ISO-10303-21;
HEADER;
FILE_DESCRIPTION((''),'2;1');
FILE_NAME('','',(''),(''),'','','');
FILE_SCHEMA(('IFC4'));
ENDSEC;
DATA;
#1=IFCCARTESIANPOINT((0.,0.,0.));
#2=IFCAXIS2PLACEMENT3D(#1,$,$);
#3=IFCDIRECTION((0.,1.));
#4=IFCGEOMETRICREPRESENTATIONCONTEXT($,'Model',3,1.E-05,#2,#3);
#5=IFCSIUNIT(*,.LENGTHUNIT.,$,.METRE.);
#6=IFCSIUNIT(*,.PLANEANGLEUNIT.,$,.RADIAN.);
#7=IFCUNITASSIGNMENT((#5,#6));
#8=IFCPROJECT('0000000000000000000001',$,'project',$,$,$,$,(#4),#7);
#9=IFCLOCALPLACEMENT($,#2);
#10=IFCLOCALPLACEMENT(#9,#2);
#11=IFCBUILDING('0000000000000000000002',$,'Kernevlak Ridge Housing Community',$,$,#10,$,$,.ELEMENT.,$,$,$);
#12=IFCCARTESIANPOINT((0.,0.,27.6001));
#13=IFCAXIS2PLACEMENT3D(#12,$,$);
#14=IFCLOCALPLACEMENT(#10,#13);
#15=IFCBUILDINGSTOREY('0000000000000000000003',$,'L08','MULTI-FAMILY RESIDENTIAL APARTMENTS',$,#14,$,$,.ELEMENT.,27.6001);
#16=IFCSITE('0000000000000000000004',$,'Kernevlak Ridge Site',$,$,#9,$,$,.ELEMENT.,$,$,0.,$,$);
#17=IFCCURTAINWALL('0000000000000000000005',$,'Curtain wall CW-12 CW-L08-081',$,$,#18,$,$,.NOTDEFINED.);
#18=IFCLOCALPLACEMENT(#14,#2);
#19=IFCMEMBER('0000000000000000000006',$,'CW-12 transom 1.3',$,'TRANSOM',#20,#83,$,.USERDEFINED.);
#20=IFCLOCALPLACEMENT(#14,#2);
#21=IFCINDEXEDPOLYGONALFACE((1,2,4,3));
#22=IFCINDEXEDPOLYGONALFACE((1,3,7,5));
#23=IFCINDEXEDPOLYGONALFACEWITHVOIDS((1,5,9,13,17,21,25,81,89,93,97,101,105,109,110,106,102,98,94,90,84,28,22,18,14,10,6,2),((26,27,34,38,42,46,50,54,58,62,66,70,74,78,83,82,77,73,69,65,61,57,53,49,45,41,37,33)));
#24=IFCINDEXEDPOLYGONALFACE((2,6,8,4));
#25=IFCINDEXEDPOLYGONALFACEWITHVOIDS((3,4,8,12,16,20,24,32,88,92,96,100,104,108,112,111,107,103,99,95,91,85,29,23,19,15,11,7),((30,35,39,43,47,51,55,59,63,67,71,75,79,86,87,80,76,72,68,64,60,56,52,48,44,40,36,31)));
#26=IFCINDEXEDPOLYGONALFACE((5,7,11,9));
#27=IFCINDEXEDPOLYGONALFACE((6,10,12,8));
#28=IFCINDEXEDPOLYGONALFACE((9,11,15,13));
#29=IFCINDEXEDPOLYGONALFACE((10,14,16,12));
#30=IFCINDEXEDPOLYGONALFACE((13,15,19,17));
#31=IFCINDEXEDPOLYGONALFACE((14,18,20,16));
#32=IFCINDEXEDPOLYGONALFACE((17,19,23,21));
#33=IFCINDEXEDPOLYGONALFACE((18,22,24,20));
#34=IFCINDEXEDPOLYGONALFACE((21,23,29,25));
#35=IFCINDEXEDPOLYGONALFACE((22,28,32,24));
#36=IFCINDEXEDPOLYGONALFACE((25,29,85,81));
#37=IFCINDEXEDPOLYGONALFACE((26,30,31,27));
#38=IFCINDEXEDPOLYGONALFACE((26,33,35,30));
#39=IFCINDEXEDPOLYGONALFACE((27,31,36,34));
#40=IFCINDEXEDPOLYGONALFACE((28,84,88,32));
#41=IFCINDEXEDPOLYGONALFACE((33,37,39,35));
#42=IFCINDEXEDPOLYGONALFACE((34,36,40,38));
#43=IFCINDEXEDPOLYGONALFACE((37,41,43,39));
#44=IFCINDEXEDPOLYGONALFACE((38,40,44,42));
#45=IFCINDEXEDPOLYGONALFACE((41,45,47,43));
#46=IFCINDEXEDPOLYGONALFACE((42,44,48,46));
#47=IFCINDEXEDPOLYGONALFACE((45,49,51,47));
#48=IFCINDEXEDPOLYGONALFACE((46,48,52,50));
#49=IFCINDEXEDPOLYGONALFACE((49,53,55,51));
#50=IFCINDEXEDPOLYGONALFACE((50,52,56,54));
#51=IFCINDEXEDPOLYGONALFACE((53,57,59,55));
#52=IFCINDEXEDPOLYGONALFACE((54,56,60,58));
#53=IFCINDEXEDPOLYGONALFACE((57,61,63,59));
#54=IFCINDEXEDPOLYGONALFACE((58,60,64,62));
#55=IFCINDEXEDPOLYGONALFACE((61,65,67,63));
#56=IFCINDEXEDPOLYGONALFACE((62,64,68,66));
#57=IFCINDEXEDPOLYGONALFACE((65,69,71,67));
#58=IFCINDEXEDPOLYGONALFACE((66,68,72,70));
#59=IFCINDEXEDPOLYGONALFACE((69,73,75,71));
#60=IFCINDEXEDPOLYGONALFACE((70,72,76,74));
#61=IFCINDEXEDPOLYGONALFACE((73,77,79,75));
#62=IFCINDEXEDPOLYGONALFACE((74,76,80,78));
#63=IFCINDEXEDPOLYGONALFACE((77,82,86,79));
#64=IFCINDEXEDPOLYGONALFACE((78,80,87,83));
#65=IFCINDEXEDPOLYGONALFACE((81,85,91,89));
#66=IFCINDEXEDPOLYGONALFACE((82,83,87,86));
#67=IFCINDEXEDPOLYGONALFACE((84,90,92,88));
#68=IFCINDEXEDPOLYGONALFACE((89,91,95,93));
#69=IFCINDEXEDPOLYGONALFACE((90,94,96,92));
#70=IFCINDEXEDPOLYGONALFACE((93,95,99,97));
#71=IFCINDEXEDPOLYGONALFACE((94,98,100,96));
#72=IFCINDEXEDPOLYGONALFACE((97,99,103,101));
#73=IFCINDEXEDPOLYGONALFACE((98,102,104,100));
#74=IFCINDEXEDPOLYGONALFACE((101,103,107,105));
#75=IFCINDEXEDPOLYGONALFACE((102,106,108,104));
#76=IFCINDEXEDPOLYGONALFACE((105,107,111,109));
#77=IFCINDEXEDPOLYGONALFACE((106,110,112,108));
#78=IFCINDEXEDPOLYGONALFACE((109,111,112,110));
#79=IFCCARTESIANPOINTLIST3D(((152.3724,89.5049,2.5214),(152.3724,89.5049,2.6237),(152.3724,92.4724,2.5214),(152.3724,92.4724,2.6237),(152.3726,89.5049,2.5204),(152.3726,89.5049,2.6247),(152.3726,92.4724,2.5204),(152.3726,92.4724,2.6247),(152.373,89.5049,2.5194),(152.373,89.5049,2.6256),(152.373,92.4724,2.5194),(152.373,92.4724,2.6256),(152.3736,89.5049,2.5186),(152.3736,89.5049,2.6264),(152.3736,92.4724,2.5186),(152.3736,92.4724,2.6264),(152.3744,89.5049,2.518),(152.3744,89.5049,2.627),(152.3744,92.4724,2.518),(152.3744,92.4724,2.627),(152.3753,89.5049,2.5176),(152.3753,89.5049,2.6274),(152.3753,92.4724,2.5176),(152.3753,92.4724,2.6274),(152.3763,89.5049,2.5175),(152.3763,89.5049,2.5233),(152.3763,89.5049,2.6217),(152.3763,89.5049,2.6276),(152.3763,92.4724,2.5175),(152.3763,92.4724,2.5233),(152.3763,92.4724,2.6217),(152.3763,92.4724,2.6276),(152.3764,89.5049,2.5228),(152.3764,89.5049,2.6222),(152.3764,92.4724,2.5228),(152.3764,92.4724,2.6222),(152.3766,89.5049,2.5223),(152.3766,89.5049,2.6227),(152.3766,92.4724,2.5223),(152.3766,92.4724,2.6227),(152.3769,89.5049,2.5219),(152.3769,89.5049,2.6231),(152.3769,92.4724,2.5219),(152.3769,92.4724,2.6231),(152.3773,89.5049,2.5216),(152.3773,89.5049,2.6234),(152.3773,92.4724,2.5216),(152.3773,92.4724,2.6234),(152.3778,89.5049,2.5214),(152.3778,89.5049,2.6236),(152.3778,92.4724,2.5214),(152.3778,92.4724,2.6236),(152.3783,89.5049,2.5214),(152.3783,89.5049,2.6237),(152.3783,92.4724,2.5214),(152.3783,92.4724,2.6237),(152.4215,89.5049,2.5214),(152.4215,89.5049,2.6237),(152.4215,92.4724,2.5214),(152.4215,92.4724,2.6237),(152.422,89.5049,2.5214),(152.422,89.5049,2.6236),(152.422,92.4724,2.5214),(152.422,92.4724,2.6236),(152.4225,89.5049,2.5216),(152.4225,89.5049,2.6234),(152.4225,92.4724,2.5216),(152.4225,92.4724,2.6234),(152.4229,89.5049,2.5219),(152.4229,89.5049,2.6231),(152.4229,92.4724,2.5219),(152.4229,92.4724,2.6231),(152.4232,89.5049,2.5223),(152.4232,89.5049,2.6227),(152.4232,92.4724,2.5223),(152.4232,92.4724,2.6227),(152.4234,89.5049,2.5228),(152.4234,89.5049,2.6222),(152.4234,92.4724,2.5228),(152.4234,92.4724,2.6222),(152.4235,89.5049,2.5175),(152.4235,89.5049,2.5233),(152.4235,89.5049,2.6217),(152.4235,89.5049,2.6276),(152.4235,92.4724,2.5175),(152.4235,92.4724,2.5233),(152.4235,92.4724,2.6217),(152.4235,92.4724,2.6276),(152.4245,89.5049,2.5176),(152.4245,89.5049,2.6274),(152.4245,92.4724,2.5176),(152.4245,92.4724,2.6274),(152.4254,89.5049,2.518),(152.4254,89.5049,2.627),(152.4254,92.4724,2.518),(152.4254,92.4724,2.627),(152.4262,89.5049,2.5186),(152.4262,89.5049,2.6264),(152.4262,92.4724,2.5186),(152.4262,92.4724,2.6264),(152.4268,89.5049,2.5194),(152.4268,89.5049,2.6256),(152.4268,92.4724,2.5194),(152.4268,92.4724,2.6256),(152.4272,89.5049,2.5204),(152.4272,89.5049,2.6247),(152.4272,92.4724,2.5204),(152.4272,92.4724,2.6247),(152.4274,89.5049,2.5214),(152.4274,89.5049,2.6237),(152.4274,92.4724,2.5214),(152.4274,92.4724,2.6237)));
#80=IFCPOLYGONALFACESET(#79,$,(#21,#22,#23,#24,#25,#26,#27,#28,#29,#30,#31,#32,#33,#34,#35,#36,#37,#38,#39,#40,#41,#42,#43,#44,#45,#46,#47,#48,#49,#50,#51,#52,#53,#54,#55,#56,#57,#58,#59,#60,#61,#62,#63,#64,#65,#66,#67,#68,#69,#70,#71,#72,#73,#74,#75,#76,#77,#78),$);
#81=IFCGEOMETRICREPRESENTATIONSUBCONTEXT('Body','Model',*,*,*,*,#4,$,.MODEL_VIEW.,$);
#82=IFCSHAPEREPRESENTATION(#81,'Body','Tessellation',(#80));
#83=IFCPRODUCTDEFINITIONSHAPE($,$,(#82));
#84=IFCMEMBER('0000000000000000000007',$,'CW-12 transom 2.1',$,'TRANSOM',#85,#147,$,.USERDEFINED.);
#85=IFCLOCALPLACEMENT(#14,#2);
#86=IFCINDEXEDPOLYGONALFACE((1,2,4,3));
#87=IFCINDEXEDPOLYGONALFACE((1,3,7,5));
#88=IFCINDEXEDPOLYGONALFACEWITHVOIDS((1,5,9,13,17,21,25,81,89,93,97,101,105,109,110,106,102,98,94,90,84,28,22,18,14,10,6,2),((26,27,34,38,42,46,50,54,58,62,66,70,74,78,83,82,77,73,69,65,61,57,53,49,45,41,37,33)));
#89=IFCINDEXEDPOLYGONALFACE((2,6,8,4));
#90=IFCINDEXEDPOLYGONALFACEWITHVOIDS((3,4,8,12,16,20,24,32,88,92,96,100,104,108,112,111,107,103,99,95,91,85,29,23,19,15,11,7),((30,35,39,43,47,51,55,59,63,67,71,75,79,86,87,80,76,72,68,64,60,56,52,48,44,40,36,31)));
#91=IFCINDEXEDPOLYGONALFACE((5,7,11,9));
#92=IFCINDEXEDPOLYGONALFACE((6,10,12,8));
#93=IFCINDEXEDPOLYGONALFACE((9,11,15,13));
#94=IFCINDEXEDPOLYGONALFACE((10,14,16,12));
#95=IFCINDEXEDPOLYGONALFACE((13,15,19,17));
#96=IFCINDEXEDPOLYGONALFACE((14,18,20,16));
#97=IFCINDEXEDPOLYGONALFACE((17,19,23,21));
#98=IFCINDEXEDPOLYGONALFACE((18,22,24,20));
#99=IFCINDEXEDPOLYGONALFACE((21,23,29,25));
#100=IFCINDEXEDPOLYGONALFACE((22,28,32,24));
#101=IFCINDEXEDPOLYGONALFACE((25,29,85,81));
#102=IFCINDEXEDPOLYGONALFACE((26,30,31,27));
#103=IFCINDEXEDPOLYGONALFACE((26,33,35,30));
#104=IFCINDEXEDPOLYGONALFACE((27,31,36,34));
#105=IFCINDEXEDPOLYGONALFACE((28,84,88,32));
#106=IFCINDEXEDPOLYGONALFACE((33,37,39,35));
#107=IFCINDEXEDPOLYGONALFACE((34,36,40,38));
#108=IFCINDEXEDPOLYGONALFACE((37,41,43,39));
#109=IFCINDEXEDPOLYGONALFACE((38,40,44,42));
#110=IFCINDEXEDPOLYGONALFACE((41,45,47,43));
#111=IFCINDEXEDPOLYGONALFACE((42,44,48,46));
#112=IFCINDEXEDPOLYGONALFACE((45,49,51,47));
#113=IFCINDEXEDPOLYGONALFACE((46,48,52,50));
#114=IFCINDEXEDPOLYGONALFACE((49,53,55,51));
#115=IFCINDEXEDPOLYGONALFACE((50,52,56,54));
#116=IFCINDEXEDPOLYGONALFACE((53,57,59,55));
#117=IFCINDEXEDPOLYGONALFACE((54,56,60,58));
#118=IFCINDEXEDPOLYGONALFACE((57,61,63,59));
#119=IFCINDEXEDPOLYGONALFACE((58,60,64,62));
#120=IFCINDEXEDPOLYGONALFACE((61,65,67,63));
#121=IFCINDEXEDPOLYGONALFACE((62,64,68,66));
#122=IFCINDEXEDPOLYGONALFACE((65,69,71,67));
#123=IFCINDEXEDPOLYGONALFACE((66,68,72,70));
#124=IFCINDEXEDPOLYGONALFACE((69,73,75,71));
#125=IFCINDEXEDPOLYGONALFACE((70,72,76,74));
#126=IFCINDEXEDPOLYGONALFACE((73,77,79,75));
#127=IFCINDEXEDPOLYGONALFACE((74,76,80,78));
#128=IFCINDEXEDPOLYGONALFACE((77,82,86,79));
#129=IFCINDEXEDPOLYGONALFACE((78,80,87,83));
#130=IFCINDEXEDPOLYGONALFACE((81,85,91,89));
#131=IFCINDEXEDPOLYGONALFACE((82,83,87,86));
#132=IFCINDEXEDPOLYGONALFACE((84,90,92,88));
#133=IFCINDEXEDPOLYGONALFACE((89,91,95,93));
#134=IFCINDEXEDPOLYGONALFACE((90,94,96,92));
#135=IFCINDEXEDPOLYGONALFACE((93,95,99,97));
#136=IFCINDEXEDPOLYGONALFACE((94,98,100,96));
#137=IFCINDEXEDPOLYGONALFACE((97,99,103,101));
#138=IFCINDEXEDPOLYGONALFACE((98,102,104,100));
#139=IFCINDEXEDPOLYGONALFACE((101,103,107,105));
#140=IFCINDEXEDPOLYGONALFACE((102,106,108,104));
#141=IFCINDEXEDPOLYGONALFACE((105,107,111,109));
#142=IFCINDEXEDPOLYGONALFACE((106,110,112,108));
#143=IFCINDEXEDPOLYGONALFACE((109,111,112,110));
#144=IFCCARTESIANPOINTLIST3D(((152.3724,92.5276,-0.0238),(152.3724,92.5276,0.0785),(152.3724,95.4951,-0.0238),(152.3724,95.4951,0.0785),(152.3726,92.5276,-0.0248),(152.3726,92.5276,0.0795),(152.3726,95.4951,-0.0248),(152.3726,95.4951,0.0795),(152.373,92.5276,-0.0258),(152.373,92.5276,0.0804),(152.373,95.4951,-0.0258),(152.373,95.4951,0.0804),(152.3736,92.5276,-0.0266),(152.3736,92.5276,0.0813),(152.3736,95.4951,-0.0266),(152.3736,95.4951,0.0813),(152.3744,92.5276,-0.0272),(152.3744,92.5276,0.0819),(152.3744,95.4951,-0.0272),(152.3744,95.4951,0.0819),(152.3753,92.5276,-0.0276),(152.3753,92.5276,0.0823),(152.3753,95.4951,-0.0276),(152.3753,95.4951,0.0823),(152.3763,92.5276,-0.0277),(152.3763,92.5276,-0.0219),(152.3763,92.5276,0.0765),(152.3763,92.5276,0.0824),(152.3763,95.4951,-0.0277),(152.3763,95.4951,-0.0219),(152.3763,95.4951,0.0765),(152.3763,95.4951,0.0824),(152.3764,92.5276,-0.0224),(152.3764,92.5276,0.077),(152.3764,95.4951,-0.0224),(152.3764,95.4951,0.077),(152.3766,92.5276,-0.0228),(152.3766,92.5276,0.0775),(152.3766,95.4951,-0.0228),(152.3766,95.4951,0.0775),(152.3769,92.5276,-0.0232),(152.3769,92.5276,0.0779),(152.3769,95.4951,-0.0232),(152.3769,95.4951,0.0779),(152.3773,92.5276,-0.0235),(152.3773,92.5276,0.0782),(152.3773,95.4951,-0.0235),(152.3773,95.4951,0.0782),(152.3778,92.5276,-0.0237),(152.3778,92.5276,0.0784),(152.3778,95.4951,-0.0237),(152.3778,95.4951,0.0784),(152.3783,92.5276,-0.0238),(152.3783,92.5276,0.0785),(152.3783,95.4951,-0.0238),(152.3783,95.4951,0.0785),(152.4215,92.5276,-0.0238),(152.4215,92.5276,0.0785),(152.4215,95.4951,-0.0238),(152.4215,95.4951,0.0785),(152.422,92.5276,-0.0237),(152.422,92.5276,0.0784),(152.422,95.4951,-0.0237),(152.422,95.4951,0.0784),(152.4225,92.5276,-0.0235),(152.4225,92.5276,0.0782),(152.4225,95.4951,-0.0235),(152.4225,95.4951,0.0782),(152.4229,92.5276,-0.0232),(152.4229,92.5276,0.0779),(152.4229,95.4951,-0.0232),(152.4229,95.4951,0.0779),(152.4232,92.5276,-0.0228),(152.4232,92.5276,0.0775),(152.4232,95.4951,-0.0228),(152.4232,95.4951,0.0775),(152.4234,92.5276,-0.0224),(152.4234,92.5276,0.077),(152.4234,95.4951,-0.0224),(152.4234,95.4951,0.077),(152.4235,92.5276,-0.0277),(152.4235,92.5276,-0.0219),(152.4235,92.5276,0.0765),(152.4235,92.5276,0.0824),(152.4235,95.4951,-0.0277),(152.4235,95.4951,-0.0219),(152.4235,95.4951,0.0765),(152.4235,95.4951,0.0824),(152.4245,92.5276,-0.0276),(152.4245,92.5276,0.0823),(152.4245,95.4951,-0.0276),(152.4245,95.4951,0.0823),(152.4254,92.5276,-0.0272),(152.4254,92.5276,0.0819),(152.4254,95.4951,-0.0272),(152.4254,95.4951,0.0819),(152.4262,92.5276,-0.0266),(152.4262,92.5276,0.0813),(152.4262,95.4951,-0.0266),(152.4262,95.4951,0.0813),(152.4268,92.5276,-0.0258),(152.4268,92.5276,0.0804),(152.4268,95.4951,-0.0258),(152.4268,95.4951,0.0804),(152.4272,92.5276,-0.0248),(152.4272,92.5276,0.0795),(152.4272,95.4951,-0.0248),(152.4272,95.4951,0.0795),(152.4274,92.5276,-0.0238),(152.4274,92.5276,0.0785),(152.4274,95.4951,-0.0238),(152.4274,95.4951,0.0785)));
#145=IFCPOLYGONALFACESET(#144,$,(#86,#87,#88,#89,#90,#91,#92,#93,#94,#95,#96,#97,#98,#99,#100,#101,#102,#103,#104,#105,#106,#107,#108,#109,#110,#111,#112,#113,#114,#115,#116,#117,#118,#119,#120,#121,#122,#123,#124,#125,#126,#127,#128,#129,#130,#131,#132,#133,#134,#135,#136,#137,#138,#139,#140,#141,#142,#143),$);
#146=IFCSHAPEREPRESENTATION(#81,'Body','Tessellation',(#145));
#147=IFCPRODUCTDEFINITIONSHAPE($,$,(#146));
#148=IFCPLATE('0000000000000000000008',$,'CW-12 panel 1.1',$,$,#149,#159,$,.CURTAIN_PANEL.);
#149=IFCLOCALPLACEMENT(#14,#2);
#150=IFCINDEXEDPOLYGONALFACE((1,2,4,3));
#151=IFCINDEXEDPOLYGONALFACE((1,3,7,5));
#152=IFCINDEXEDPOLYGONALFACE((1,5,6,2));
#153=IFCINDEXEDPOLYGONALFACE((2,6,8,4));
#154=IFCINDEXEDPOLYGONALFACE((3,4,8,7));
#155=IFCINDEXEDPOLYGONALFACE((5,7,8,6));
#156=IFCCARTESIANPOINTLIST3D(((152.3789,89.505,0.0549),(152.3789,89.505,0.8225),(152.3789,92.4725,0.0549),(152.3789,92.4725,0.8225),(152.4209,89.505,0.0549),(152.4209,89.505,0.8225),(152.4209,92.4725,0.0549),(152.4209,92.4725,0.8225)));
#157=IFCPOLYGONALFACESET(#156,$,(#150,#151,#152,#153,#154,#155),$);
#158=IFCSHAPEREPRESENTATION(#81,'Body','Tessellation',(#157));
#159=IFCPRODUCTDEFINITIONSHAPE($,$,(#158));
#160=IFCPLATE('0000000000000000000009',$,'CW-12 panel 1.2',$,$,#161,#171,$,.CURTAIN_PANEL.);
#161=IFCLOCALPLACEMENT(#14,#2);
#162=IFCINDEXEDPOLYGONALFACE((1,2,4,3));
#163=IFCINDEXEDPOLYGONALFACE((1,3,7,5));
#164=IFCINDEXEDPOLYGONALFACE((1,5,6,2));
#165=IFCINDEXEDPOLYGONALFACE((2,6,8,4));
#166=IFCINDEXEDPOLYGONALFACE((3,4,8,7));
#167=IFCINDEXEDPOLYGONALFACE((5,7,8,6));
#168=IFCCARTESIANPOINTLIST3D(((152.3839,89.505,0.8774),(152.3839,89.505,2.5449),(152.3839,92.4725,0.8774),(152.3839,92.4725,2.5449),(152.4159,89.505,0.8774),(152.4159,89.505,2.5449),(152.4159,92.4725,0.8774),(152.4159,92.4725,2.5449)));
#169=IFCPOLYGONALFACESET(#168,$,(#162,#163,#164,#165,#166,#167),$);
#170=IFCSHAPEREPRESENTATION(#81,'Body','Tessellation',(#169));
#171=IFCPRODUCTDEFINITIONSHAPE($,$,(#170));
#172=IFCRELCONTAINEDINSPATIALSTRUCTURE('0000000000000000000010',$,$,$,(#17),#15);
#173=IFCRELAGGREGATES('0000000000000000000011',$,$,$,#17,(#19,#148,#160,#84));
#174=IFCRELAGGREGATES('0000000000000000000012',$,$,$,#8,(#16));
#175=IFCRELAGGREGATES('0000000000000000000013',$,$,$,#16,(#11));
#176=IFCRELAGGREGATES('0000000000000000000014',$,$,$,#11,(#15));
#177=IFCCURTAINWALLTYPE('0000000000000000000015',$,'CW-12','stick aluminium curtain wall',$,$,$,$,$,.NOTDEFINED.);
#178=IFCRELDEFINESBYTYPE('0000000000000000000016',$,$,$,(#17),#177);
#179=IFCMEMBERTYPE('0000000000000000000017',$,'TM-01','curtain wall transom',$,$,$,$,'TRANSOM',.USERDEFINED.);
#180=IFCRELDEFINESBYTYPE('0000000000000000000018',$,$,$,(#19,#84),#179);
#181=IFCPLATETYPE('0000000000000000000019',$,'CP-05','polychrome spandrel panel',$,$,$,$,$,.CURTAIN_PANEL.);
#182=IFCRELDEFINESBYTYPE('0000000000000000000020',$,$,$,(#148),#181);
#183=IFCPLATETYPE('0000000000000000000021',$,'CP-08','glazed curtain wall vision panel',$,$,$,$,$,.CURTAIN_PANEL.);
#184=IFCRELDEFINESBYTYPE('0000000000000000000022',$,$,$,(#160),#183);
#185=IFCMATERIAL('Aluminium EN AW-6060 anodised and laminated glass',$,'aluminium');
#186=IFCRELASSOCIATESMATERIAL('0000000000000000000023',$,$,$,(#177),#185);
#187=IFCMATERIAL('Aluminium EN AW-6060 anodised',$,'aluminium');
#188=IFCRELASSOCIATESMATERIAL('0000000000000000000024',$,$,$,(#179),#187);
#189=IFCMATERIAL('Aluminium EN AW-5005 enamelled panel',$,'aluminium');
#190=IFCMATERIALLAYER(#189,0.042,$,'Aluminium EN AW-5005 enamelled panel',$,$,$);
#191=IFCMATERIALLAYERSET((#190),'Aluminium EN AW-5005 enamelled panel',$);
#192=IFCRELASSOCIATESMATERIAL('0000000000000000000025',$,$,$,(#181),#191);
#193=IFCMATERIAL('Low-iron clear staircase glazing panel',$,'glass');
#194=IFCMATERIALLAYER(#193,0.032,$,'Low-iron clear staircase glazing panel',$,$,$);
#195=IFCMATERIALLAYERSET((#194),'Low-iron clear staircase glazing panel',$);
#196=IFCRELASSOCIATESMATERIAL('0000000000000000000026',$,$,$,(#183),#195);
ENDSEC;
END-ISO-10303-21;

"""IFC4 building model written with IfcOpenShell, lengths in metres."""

from ifc_helpers import new_model, si_unit, direction, frame, origin, origin_2d, place, context, subcontext, project, spatial, rectangle, hollow_rectangle, extrude, material, layer, layer_set, material_profile, profile_set, type_object, element, aggregate, save


model = new_model("IFC4")

# Units and contexts
model_context = context("Model", 3, precision=1e-05, world=origin(), true_north=direction((0.0, 1.0)))
body_context = subcontext(model_context, "Body", "Model", "MODEL_VIEW")
ifc_project = project(units=[si_unit("LENGTHUNIT", "METRE"), si_unit("PLANEANGLEUNIT", "RADIAN")], contexts=[model_context])

# Site, building, storey
site_placement = place(None, origin())
site = spatial("IfcSite", under=ifc_project, at=site_placement, Name="Kernevlak Ridge Site", CompositionType="ELEMENT", RefElevation=0.0)
building_placement = place(site_placement, origin())
building = spatial("IfcBuilding", under=site, at=building_placement, Name="Kernevlak Ridge Housing Community", CompositionType="ELEMENT")
storey_placement = place(building_placement, frame((0.0, 0.0, 27.6001)))
storey = spatial("IfcBuildingStorey", under=building, at=storey_placement, Name="L08", Description="MULTI-FAMILY RESIDENTIAL APARTMENTS", CompositionType="ELEMENT", Elevation=27.6001)

# Curtain wall
ifc_material_1 = material(Name="Aluminium EN AW-6060 anodised and laminated glass", Category="aluminium")
curtain_wall_type = type_object("IfcCurtainWallType", Name="CW-12", Description="stick aluminium curtain wall", PredefinedType="NOTDEFINED", material=ifc_material_1)
curtain_wall_placement = place(storey_placement, origin())
curtain_wall = element("IfcCurtainWall", 1, at=curtain_wall_placement, inside=storey, type_object=curtain_wall_type, Name="Curtain wall CW-12 CW-L08-081", PredefinedType="NOTDEFINED")
ifc_material_2 = material(Name="Aluminium EN AW-6060 anodised", Category="aluminium")

# Members
ifc_material_profile_1 = material_profile(ifc_material_2, hollow_rectangle(XDim=0.0549, YDim=0.1101, WallThickness=0.0039, InnerFilletRadius=0.002, OuterFilletRadius=0.0039, at=origin_2d()), Name="ALU 55x110x4")
ifc_profile_set_1 = profile_set([ifc_material_profile_1], Name="Aluminium EN AW-6060 anodised")
member_type_1 = type_object("IfcMemberType", Name="TM-01", Description="curtain wall transom", ElementType="TRANSOM", PredefinedType="USERDEFINED", material=ifc_profile_set_1)
member_1_placement = place(storey_placement, frame((152.3999, 89.5049, 2.5725), z_axis=(0.0, 1.0, 0.0), x_axis=(-1.0, 0.0, 0.0)))
member_1 = element("IfcMember", 2, at=member_1_placement, type_object=member_type_1, Name="CW-12 transom 1.3", ObjectType="TRANSOM", PredefinedType="USERDEFINED", context=body_context, shape_type="SweptSolid", body=[
    extrude(hollow_rectangle(XDim=0.0549, YDim=0.1101, WallThickness=0.0039, InnerFilletRadius=0.002, OuterFilletRadius=0.0039, at=origin_2d()), origin(), (0.0, 0.0, 1.0), 2.9675),
])
member_2_placement = place(storey_placement, frame((152.3999, 92.5276, 0.0273), z_axis=(0.0, 1.0, 0.0), x_axis=(-1.0, 0.0, 0.0)))
member_2 = element("IfcMember", 3, at=member_2_placement, type_object=member_type_1, Name="CW-12 transom 2.1", ObjectType="TRANSOM", PredefinedType="USERDEFINED", context=body_context, shape_type="SweptSolid", body=[
    extrude(hollow_rectangle(XDim=0.0549, YDim=0.1101, WallThickness=0.0039, InnerFilletRadius=0.002, OuterFilletRadius=0.0039, at=origin_2d()), origin(), (0.0, 0.0, 1.0), 2.9675),
])

# Plates
ifc_material_3 = material(Name="Aluminium EN AW-5005 enamelled panel", Category="aluminium")
ifc_layer_1 = layer(ifc_material_3, 0.042, Name="Aluminium EN AW-5005 enamelled panel")
ifc_layer_set_1 = layer_set([ifc_layer_1], Name="Aluminium EN AW-5005 enamelled panel")
plate_type_1 = type_object("IfcPlateType", Name="CP-05", Description="polychrome spandrel panel", PredefinedType="CURTAIN_PANEL", material=ifc_layer_set_1)
plate_1_placement = place(storey_placement, frame((152.3999, 90.9888, 0.0549), z_axis=(0.0, 0.0, 1.0), x_axis=(0.0, 1.0, 0.0)))
plate_1 = element("IfcPlate", 4, at=plate_1_placement, type_object=plate_type_1, Name="CW-12 panel 1.1", PredefinedType="CURTAIN_PANEL", context=body_context, shape_type="SweptSolid", body=[
    extrude(rectangle(XDim=2.9675, YDim=0.042, at=origin_2d()), origin(), (0.0, 0.0, 1.0), 0.7676),
])
ifc_material_4 = material(Name="Low-iron clear staircase glazing panel", Category="glass")
ifc_layer_2 = layer(ifc_material_4, 0.032, Name="Low-iron clear staircase glazing panel")
ifc_layer_set_2 = layer_set([ifc_layer_2], Name="Low-iron clear staircase glazing panel")
plate_type_2 = type_object("IfcPlateType", Name="CP-08", Description="glazed curtain wall vision panel", PredefinedType="CURTAIN_PANEL", material=ifc_layer_set_2)
plate_2_placement = place(storey_placement, frame((152.3999, 90.9888, 0.8774), z_axis=(0.0, 0.0, 1.0), x_axis=(0.0, 1.0, 0.0)))
plate_2 = element("IfcPlate", 5, at=plate_2_placement, type_object=plate_type_2, Name="CW-12 panel 1.2", PredefinedType="CURTAIN_PANEL", context=body_context, shape_type="SweptSolid", body=[
    extrude(rectangle(XDim=2.9675, YDim=0.032, at=origin_2d()), origin(), (0.0, 0.0, 1.0), 1.6675),
])
aggregate(curtain_wall, [member_1, plate_1, plate_2, member_2])

save(model, "model.ifc")
